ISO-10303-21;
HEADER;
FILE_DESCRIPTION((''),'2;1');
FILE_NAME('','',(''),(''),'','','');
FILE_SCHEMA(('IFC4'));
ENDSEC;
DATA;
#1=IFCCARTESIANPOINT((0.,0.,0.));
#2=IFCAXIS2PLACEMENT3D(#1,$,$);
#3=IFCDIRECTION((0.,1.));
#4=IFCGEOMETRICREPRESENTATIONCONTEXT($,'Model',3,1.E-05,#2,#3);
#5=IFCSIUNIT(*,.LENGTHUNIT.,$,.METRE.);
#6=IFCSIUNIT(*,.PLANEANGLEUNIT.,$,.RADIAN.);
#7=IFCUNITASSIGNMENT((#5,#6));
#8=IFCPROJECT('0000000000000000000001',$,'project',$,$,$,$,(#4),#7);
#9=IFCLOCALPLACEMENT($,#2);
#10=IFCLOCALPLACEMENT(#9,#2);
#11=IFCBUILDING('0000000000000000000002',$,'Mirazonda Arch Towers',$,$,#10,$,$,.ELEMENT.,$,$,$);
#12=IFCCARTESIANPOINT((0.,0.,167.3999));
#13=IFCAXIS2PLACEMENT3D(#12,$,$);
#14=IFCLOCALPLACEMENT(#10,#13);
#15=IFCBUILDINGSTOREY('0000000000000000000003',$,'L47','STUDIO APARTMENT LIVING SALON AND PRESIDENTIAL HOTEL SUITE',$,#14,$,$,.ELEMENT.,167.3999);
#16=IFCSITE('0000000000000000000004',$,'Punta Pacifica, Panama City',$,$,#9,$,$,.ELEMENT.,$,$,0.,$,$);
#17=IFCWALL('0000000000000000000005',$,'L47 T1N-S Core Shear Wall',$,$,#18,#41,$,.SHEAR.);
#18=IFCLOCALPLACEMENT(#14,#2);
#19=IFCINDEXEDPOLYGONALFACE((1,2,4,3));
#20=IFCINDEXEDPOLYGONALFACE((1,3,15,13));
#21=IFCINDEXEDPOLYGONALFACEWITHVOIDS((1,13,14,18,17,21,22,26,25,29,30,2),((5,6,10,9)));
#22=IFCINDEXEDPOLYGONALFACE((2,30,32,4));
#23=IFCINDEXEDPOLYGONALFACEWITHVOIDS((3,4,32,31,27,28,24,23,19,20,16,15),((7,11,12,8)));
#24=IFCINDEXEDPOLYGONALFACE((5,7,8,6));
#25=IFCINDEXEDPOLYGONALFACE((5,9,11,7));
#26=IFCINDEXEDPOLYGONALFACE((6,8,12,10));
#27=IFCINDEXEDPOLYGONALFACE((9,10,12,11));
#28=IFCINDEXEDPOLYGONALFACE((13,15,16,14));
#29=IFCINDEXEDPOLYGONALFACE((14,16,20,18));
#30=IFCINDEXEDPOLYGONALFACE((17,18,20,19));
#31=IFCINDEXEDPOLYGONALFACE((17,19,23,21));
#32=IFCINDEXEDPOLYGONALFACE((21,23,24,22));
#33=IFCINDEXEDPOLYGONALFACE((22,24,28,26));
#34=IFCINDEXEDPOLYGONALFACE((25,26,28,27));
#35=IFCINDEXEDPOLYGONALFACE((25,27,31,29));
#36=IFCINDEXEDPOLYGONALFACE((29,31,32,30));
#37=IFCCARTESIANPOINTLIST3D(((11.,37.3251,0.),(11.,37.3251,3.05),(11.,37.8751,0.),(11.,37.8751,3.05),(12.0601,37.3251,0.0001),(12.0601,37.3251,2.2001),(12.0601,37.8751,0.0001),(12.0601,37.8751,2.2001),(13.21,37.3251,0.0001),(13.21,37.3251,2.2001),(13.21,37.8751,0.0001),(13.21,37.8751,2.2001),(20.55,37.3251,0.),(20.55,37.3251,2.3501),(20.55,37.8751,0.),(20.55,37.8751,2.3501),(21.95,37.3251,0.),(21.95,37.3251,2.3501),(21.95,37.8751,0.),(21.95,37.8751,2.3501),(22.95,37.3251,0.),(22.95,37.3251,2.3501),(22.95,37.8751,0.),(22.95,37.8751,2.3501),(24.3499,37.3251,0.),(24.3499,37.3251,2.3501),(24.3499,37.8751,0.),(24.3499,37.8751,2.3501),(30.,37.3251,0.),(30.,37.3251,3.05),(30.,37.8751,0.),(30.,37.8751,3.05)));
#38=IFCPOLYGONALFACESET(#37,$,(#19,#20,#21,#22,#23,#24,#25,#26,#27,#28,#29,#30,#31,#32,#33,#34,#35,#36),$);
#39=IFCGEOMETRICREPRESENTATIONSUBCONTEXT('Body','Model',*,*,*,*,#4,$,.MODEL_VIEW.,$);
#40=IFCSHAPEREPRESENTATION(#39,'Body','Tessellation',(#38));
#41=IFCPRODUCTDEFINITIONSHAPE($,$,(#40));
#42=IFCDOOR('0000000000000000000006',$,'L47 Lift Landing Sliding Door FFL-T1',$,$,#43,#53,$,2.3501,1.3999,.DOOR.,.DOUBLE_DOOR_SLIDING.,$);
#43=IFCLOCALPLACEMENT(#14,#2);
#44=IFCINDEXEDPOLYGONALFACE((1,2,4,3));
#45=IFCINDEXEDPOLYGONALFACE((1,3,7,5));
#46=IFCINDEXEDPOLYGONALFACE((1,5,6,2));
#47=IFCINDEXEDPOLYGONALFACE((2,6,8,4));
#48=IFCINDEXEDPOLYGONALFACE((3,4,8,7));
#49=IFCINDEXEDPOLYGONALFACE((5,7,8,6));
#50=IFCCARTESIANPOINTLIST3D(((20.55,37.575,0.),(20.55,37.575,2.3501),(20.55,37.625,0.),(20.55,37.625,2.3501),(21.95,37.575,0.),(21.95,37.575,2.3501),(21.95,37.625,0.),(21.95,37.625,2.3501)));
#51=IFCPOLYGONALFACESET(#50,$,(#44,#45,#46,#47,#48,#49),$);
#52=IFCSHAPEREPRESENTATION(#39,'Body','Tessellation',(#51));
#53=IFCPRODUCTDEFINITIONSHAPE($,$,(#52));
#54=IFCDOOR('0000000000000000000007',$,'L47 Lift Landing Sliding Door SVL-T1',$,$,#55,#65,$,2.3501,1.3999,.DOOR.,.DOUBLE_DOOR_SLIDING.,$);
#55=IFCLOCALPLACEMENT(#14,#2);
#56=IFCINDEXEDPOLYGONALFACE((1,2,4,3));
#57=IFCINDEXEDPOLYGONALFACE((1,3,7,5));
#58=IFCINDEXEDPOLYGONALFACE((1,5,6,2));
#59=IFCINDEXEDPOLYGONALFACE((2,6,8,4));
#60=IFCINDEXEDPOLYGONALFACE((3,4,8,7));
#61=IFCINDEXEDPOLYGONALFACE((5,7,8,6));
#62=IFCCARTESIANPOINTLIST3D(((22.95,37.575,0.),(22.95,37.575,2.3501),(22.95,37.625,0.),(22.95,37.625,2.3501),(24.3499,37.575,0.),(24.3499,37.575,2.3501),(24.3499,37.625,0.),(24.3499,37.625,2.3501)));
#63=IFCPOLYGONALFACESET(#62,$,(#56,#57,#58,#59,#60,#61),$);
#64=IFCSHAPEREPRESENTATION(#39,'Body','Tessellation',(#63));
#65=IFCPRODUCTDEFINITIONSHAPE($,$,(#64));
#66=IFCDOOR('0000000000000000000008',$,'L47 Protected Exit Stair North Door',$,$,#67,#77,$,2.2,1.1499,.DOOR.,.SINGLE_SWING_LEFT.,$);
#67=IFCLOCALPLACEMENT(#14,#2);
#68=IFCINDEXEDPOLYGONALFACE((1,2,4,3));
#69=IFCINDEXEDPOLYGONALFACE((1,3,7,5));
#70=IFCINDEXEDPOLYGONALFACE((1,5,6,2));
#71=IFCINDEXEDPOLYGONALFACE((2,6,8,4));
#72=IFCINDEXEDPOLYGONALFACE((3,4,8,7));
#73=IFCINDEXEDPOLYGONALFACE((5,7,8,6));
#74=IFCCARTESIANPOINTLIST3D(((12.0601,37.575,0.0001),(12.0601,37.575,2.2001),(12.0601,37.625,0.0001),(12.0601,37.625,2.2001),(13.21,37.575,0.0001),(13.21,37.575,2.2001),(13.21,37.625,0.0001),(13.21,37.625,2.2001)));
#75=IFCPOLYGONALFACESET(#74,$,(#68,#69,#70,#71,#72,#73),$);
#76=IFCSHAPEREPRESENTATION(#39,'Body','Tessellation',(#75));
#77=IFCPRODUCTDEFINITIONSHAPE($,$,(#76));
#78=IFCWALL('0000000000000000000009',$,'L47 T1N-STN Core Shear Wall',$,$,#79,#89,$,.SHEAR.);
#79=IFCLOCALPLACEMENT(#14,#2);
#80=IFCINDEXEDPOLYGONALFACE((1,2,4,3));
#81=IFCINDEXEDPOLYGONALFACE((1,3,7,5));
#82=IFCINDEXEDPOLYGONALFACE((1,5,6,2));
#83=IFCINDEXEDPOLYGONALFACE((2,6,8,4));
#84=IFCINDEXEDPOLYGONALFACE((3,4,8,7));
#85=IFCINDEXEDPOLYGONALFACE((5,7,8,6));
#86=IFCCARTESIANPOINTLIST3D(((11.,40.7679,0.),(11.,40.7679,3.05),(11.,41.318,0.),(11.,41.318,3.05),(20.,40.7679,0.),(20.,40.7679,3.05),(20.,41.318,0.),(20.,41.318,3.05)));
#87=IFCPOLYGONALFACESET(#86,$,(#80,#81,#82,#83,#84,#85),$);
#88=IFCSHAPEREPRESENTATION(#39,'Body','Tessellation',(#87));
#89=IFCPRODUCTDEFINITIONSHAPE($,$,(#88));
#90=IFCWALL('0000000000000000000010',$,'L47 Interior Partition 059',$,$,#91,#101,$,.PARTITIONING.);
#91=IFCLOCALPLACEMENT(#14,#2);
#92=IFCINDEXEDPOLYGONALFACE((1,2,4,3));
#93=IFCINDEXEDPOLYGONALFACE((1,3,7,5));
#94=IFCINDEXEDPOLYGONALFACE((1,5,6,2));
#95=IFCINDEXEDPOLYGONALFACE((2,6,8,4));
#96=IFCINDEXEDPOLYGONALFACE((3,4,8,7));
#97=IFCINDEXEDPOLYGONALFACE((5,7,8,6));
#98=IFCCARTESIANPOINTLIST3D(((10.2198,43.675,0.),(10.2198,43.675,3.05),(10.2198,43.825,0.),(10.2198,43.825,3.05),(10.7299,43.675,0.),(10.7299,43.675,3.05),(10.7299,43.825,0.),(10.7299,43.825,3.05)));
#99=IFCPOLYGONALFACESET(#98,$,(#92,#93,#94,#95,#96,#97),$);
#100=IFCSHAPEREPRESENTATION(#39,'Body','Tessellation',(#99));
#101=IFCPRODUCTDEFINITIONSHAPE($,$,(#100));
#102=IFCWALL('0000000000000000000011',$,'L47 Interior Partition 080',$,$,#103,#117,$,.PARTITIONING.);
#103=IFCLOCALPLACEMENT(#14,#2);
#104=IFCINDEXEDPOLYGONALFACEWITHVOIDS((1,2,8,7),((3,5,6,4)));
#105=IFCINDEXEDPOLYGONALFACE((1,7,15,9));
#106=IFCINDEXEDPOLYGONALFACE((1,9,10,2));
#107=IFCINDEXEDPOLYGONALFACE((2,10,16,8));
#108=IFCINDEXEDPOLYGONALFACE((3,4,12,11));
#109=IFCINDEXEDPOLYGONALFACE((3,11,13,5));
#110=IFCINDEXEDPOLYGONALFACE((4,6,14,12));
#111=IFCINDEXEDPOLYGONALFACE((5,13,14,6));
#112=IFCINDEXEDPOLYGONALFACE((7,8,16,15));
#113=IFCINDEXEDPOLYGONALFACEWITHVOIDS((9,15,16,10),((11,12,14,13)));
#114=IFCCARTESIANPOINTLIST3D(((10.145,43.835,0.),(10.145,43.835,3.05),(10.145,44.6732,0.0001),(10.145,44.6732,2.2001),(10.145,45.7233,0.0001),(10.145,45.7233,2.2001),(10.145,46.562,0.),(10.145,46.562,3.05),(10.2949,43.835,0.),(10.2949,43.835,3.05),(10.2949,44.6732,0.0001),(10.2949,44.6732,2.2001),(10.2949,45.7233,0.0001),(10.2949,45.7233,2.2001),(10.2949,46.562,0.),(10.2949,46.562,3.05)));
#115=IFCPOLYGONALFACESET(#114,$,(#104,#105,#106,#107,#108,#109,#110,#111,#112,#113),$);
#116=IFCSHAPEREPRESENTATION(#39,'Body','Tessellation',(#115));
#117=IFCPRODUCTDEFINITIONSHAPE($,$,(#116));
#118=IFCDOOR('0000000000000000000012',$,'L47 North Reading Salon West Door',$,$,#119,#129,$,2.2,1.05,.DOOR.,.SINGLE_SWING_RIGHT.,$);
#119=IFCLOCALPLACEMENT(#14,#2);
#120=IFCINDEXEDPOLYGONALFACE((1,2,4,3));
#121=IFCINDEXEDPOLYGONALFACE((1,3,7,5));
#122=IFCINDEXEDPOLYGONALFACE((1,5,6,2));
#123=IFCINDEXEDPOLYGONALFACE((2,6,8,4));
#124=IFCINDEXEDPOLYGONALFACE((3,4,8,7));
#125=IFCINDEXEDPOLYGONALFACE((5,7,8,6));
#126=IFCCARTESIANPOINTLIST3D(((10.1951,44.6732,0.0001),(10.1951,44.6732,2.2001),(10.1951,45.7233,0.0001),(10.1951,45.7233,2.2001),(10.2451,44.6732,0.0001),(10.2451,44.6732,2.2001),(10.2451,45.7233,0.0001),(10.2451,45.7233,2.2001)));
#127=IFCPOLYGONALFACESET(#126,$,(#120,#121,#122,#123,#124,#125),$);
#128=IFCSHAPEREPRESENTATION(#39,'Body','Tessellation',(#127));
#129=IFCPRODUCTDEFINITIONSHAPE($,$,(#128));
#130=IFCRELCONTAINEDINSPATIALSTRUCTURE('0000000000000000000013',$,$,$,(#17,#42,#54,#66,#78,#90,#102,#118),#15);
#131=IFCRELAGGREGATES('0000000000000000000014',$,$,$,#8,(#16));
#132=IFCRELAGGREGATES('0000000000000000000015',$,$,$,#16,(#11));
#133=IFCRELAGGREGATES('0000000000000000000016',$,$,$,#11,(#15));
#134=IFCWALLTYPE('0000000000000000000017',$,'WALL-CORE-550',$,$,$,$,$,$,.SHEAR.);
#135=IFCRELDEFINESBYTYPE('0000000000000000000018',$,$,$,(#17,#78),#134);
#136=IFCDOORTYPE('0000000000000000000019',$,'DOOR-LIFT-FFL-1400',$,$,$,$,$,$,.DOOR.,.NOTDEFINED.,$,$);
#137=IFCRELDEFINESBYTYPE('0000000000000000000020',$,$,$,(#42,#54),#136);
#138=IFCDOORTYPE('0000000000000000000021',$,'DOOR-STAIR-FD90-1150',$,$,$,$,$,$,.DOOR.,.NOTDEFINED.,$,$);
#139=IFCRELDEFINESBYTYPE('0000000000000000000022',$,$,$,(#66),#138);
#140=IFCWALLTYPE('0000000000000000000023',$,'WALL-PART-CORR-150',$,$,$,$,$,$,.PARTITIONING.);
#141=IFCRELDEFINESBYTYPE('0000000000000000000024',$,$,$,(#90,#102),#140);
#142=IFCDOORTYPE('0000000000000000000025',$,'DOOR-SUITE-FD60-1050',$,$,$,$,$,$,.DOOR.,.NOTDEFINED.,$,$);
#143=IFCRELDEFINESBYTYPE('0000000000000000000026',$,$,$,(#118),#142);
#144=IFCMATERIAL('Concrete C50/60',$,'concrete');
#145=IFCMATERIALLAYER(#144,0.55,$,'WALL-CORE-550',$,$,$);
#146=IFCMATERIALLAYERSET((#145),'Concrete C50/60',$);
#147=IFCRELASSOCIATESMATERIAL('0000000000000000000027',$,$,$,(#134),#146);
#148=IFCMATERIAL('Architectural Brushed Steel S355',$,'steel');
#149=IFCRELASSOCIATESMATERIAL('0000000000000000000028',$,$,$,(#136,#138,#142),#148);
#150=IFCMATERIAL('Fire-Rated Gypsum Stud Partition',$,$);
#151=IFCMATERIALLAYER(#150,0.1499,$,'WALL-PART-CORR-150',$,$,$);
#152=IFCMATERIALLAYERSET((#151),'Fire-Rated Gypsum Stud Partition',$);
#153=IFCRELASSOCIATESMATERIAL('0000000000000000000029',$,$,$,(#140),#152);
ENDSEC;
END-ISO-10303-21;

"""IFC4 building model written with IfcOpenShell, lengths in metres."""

from ifc_helpers import new_model, si_unit, direction, frame, frame_2d, origin, place, context, subcontext, project, spatial, rectangle, extrude, material, layer, layer_set, type_object, element, fill, save


model = new_model("IFC4")

# Units and contexts
model_context = context("Model", 3, precision=1e-05, world=origin(), true_north=direction((0.0, 1.0)))
body_context = subcontext(model_context, "Body", "Model", "MODEL_VIEW")
ifc_project = project(units=[si_unit("LENGTHUNIT", "METRE"), si_unit("PLANEANGLEUNIT", "RADIAN")], contexts=[model_context])

# Site, building, storey
site_placement = place(None, origin())
site = spatial("IfcSite", under=ifc_project, at=site_placement, Name="Punta Pacifica, Panama City", CompositionType="ELEMENT", RefElevation=0.0)
building_placement = place(site_placement, origin())
building = spatial("IfcBuilding", under=site, at=building_placement, Name="Mirazonda Arch Towers", CompositionType="ELEMENT")
storey_placement = place(building_placement, frame((0.0, 0.0, 167.3999)))
storey = spatial("IfcBuildingStorey", under=building, at=storey_placement, Name="L47", Description="STUDIO APARTMENT LIVING SALON AND PRESIDENTIAL HOTEL SUITE", CompositionType="ELEMENT", Elevation=167.3999)

# Shared definitions
ifc_material_1 = material(Name="Concrete C50/60", Category="concrete")

# Shared definitions
ifc_layer_1 = layer(ifc_material_1, 0.55, Name="WALL-CORE-550")
ifc_layer_set_1 = layer_set([ifc_layer_1], Name="Concrete C50/60")
wall_type_1 = type_object("IfcWallType", Name="WALL-CORE-550", PredefinedType="SHEAR", material=ifc_layer_set_1)

# Wall, openings, doors
wall_1_placement = place(storey_placement, frame((11.0, 37.6001, 0.0), z_axis=(0.0, 0.0, 1.0), x_axis=(1.0, 0.0, 0.0)))
wall_1 = element("IfcWall", 1, at=wall_1_placement, inside=storey, type_object=wall_type_1, Name="L47 T1N-S Core Shear Wall", PredefinedType="SHEAR", context=body_context, shape_type="SweptSolid", body=[
    extrude(rectangle(XDim=19.0, YDim=0.55, at=frame_2d((9.5, 0.0))), origin(), (0.0, 0.0, 1.0), 3.05),
])
opening_1_placement = place(wall_1_placement, frame((1.0601, 0.0, 0.0)))
opening_1 = element("IfcOpeningElement", 2, at=opening_1_placement, cuts=wall_1, PredefinedType="OPENING", context=body_context, shape_type="SweptSolid", body=[
    extrude(rectangle(XDim=1.1499, YDim=2.2, at=frame_2d((0.575, 1.1001))), frame((0.0, 0.2849, 0.0), z_axis=(0.0, -1.0, 0.0), x_axis=(1.0, 0.0, 0.0)), (0.0, 0.0, 1.0), 0.5701),
])
opening_2_placement = place(wall_1_placement, frame((9.55, 0.0, 0.0)))
opening_2 = element("IfcOpeningElement", 3, at=opening_2_placement, cuts=wall_1, PredefinedType="OPENING", context=body_context, shape_type="SweptSolid", body=[
    extrude(rectangle(XDim=1.3999, YDim=2.3501, at=frame_2d((0.7, 1.175))), frame((0.0, 0.2849, 0.0), z_axis=(0.0, -1.0, 0.0), x_axis=(1.0, 0.0, 0.0)), (0.0, 0.0, 1.0), 0.5701),
])
opening_3_placement = place(wall_1_placement, frame((11.95, 0.0, 0.0)))
opening_3 = element("IfcOpeningElement", 4, at=opening_3_placement, cuts=wall_1, PredefinedType="OPENING", context=body_context, shape_type="SweptSolid", body=[
    extrude(rectangle(XDim=1.3999, YDim=2.3501, at=frame_2d((0.7, 1.175))), frame((0.0, 0.2849, 0.0), z_axis=(0.0, -1.0, 0.0), x_axis=(1.0, 0.0, 0.0)), (0.0, 0.0, 1.0), 0.5701),
])
ifc_material_2 = material(Name="Architectural Brushed Steel S355", Category="steel")
door_type_1 = type_object("IfcDoorType", Name="DOOR-LIFT-FFL-1400", OperationType="NOTDEFINED", PredefinedType="DOOR", material=ifc_material_2)
door_1_placement = place(opening_2_placement, origin())
door_1 = element("IfcDoor", 5, at=door_1_placement, inside=storey, type_object=door_type_1, Name="L47 Lift Landing Sliding Door FFL-T1", OperationType="DOUBLE_DOOR_SLIDING", OverallHeight=2.3501, OverallWidth=1.3999, PredefinedType="DOOR", context=body_context, shape_type="SweptSolid", body=[
    extrude(rectangle(XDim=1.3999, YDim=2.3501, at=frame_2d((0.7, 1.175))), frame((0.0, 0.0249, 0.0), z_axis=(0.0, -1.0, 0.0), x_axis=(1.0, 0.0, 0.0)), (0.0, 0.0, 1.0), 0.05),
])
fill(opening_2, door_1)
door_2_placement = place(opening_3_placement, origin())
door_2 = element("IfcDoor", 6, at=door_2_placement, inside=storey, type_object=door_type_1, Name="L47 Lift Landing Sliding Door SVL-T1", OperationType="DOUBLE_DOOR_SLIDING", OverallHeight=2.3501, OverallWidth=1.3999, PredefinedType="DOOR", context=body_context, shape_type="SweptSolid", body=[
    extrude(rectangle(XDim=1.3999, YDim=2.3501, at=frame_2d((0.7, 1.175))), frame((0.0, 0.0249, 0.0), z_axis=(0.0, -1.0, 0.0), x_axis=(1.0, 0.0, 0.0)), (0.0, 0.0, 1.0), 0.05),
])
fill(opening_3, door_2)
door_type_2 = type_object("IfcDoorType", Name="DOOR-STAIR-FD90-1150", OperationType="NOTDEFINED", PredefinedType="DOOR", material=ifc_material_2)
door_3_placement = place(opening_1_placement, origin())
door_3 = element("IfcDoor", 7, at=door_3_placement, inside=storey, type_object=door_type_2, Name="L47 Protected Exit Stair North Door", OperationType="SINGLE_SWING_LEFT", OverallHeight=2.2, OverallWidth=1.1499, PredefinedType="DOOR", context=body_context, shape_type="SweptSolid", body=[
    extrude(rectangle(XDim=1.1499, YDim=2.2, at=frame_2d((0.575, 1.1001))), frame((0.0, 0.0249, 0.0), z_axis=(0.0, -1.0, 0.0), x_axis=(1.0, 0.0, 0.0)), (0.0, 0.0, 1.0), 0.05),
])
fill(opening_1, door_3)

# Walls
wall_2_placement = place(storey_placement, frame((11.0, 41.043, 0.0), z_axis=(0.0, 0.0, 1.0), x_axis=(1.0, 0.0, 0.0)))
element("IfcWall", 8, at=wall_2_placement, inside=storey, type_object=wall_type_1, Name="L47 T1N-STN Core Shear Wall", PredefinedType="SHEAR", context=body_context, shape_type="SweptSolid", body=[
    extrude(rectangle(XDim=9.0, YDim=0.55, at=frame_2d((4.5, 0.0))), origin(), (0.0, 0.0, 1.0), 3.05),
])
ifc_material_3 = material(Name="Fire-Rated Gypsum Stud Partition")
ifc_layer_2 = layer(ifc_material_3, 0.1499, Name="WALL-PART-CORR-150")
ifc_layer_set_2 = layer_set([ifc_layer_2], Name="Fire-Rated Gypsum Stud Partition")
wall_type_2 = type_object("IfcWallType", Name="WALL-PART-CORR-150", PredefinedType="PARTITIONING", material=ifc_layer_set_2)
wall_3_placement = place(storey_placement, frame((10.22, 43.75, 0.0), z_axis=(0.0, 0.0, 1.0), x_axis=(1.0, 0.0, 0.0)))
element("IfcWall", 9, at=wall_3_placement, inside=storey, type_object=wall_type_2, Name="L47 Interior Partition 059", PredefinedType="PARTITIONING", context=body_context, shape_type="SweptSolid", body=[
    extrude(rectangle(XDim=0.51, YDim=0.1499, at=frame_2d((0.2549, 0.0))), origin(), (0.0, 0.0, 1.0), 3.05),
])

# Wall, opening, door
wall_4_placement = place(storey_placement, frame((10.22, 43.835, 0.0), z_axis=(0.0, 0.0, 1.0), x_axis=(0.0, 1.0, 0.0)))
wall_4 = element("IfcWall", 10, at=wall_4_placement, inside=storey, type_object=wall_type_2, Name="L47 Interior Partition 080", PredefinedType="PARTITIONING", context=body_context, shape_type="SweptSolid", body=[
    extrude(rectangle(XDim=2.7271, YDim=0.1499, at=frame_2d((1.3635, 0.0))), origin(), (0.0, 0.0, 1.0), 3.05),
])
opening_4_placement = place(wall_4_placement, frame((0.8384, 0.0, 0.0)))
opening_4 = element("IfcOpeningElement", 11, at=opening_4_placement, cuts=wall_4, PredefinedType="OPENING", context=body_context, shape_type="SweptSolid", body=[
    extrude(rectangle(XDim=1.05, YDim=2.2, at=frame_2d((0.5249, 1.1001))), frame((0.0, 0.085, 0.0), z_axis=(0.0, -1.0, 0.0), x_axis=(1.0, 0.0, 0.0)), (0.0, 0.0, 1.0), 0.1699),
])
door_type_3 = type_object("IfcDoorType", Name="DOOR-SUITE-FD60-1050", OperationType="NOTDEFINED", PredefinedType="DOOR", material=ifc_material_2)
door_4_placement = place(opening_4_placement, origin())
door_4 = element("IfcDoor", 12, at=door_4_placement, inside=storey, type_object=door_type_3, Name="L47 North Reading Salon West Door", OperationType="SINGLE_SWING_RIGHT", OverallHeight=2.2, OverallWidth=1.05, PredefinedType="DOOR", context=body_context, shape_type="SweptSolid", body=[
    extrude(rectangle(XDim=1.05, YDim=2.2, at=frame_2d((0.5249, 1.1001))), frame((0.0, 0.0249, 0.0), z_axis=(0.0, -1.0, 0.0), x_axis=(1.0, 0.0, 0.0)), (0.0, 0.0, 1.0), 0.05),
])
fill(opening_4, door_4)

save(model, "model.ifc")
